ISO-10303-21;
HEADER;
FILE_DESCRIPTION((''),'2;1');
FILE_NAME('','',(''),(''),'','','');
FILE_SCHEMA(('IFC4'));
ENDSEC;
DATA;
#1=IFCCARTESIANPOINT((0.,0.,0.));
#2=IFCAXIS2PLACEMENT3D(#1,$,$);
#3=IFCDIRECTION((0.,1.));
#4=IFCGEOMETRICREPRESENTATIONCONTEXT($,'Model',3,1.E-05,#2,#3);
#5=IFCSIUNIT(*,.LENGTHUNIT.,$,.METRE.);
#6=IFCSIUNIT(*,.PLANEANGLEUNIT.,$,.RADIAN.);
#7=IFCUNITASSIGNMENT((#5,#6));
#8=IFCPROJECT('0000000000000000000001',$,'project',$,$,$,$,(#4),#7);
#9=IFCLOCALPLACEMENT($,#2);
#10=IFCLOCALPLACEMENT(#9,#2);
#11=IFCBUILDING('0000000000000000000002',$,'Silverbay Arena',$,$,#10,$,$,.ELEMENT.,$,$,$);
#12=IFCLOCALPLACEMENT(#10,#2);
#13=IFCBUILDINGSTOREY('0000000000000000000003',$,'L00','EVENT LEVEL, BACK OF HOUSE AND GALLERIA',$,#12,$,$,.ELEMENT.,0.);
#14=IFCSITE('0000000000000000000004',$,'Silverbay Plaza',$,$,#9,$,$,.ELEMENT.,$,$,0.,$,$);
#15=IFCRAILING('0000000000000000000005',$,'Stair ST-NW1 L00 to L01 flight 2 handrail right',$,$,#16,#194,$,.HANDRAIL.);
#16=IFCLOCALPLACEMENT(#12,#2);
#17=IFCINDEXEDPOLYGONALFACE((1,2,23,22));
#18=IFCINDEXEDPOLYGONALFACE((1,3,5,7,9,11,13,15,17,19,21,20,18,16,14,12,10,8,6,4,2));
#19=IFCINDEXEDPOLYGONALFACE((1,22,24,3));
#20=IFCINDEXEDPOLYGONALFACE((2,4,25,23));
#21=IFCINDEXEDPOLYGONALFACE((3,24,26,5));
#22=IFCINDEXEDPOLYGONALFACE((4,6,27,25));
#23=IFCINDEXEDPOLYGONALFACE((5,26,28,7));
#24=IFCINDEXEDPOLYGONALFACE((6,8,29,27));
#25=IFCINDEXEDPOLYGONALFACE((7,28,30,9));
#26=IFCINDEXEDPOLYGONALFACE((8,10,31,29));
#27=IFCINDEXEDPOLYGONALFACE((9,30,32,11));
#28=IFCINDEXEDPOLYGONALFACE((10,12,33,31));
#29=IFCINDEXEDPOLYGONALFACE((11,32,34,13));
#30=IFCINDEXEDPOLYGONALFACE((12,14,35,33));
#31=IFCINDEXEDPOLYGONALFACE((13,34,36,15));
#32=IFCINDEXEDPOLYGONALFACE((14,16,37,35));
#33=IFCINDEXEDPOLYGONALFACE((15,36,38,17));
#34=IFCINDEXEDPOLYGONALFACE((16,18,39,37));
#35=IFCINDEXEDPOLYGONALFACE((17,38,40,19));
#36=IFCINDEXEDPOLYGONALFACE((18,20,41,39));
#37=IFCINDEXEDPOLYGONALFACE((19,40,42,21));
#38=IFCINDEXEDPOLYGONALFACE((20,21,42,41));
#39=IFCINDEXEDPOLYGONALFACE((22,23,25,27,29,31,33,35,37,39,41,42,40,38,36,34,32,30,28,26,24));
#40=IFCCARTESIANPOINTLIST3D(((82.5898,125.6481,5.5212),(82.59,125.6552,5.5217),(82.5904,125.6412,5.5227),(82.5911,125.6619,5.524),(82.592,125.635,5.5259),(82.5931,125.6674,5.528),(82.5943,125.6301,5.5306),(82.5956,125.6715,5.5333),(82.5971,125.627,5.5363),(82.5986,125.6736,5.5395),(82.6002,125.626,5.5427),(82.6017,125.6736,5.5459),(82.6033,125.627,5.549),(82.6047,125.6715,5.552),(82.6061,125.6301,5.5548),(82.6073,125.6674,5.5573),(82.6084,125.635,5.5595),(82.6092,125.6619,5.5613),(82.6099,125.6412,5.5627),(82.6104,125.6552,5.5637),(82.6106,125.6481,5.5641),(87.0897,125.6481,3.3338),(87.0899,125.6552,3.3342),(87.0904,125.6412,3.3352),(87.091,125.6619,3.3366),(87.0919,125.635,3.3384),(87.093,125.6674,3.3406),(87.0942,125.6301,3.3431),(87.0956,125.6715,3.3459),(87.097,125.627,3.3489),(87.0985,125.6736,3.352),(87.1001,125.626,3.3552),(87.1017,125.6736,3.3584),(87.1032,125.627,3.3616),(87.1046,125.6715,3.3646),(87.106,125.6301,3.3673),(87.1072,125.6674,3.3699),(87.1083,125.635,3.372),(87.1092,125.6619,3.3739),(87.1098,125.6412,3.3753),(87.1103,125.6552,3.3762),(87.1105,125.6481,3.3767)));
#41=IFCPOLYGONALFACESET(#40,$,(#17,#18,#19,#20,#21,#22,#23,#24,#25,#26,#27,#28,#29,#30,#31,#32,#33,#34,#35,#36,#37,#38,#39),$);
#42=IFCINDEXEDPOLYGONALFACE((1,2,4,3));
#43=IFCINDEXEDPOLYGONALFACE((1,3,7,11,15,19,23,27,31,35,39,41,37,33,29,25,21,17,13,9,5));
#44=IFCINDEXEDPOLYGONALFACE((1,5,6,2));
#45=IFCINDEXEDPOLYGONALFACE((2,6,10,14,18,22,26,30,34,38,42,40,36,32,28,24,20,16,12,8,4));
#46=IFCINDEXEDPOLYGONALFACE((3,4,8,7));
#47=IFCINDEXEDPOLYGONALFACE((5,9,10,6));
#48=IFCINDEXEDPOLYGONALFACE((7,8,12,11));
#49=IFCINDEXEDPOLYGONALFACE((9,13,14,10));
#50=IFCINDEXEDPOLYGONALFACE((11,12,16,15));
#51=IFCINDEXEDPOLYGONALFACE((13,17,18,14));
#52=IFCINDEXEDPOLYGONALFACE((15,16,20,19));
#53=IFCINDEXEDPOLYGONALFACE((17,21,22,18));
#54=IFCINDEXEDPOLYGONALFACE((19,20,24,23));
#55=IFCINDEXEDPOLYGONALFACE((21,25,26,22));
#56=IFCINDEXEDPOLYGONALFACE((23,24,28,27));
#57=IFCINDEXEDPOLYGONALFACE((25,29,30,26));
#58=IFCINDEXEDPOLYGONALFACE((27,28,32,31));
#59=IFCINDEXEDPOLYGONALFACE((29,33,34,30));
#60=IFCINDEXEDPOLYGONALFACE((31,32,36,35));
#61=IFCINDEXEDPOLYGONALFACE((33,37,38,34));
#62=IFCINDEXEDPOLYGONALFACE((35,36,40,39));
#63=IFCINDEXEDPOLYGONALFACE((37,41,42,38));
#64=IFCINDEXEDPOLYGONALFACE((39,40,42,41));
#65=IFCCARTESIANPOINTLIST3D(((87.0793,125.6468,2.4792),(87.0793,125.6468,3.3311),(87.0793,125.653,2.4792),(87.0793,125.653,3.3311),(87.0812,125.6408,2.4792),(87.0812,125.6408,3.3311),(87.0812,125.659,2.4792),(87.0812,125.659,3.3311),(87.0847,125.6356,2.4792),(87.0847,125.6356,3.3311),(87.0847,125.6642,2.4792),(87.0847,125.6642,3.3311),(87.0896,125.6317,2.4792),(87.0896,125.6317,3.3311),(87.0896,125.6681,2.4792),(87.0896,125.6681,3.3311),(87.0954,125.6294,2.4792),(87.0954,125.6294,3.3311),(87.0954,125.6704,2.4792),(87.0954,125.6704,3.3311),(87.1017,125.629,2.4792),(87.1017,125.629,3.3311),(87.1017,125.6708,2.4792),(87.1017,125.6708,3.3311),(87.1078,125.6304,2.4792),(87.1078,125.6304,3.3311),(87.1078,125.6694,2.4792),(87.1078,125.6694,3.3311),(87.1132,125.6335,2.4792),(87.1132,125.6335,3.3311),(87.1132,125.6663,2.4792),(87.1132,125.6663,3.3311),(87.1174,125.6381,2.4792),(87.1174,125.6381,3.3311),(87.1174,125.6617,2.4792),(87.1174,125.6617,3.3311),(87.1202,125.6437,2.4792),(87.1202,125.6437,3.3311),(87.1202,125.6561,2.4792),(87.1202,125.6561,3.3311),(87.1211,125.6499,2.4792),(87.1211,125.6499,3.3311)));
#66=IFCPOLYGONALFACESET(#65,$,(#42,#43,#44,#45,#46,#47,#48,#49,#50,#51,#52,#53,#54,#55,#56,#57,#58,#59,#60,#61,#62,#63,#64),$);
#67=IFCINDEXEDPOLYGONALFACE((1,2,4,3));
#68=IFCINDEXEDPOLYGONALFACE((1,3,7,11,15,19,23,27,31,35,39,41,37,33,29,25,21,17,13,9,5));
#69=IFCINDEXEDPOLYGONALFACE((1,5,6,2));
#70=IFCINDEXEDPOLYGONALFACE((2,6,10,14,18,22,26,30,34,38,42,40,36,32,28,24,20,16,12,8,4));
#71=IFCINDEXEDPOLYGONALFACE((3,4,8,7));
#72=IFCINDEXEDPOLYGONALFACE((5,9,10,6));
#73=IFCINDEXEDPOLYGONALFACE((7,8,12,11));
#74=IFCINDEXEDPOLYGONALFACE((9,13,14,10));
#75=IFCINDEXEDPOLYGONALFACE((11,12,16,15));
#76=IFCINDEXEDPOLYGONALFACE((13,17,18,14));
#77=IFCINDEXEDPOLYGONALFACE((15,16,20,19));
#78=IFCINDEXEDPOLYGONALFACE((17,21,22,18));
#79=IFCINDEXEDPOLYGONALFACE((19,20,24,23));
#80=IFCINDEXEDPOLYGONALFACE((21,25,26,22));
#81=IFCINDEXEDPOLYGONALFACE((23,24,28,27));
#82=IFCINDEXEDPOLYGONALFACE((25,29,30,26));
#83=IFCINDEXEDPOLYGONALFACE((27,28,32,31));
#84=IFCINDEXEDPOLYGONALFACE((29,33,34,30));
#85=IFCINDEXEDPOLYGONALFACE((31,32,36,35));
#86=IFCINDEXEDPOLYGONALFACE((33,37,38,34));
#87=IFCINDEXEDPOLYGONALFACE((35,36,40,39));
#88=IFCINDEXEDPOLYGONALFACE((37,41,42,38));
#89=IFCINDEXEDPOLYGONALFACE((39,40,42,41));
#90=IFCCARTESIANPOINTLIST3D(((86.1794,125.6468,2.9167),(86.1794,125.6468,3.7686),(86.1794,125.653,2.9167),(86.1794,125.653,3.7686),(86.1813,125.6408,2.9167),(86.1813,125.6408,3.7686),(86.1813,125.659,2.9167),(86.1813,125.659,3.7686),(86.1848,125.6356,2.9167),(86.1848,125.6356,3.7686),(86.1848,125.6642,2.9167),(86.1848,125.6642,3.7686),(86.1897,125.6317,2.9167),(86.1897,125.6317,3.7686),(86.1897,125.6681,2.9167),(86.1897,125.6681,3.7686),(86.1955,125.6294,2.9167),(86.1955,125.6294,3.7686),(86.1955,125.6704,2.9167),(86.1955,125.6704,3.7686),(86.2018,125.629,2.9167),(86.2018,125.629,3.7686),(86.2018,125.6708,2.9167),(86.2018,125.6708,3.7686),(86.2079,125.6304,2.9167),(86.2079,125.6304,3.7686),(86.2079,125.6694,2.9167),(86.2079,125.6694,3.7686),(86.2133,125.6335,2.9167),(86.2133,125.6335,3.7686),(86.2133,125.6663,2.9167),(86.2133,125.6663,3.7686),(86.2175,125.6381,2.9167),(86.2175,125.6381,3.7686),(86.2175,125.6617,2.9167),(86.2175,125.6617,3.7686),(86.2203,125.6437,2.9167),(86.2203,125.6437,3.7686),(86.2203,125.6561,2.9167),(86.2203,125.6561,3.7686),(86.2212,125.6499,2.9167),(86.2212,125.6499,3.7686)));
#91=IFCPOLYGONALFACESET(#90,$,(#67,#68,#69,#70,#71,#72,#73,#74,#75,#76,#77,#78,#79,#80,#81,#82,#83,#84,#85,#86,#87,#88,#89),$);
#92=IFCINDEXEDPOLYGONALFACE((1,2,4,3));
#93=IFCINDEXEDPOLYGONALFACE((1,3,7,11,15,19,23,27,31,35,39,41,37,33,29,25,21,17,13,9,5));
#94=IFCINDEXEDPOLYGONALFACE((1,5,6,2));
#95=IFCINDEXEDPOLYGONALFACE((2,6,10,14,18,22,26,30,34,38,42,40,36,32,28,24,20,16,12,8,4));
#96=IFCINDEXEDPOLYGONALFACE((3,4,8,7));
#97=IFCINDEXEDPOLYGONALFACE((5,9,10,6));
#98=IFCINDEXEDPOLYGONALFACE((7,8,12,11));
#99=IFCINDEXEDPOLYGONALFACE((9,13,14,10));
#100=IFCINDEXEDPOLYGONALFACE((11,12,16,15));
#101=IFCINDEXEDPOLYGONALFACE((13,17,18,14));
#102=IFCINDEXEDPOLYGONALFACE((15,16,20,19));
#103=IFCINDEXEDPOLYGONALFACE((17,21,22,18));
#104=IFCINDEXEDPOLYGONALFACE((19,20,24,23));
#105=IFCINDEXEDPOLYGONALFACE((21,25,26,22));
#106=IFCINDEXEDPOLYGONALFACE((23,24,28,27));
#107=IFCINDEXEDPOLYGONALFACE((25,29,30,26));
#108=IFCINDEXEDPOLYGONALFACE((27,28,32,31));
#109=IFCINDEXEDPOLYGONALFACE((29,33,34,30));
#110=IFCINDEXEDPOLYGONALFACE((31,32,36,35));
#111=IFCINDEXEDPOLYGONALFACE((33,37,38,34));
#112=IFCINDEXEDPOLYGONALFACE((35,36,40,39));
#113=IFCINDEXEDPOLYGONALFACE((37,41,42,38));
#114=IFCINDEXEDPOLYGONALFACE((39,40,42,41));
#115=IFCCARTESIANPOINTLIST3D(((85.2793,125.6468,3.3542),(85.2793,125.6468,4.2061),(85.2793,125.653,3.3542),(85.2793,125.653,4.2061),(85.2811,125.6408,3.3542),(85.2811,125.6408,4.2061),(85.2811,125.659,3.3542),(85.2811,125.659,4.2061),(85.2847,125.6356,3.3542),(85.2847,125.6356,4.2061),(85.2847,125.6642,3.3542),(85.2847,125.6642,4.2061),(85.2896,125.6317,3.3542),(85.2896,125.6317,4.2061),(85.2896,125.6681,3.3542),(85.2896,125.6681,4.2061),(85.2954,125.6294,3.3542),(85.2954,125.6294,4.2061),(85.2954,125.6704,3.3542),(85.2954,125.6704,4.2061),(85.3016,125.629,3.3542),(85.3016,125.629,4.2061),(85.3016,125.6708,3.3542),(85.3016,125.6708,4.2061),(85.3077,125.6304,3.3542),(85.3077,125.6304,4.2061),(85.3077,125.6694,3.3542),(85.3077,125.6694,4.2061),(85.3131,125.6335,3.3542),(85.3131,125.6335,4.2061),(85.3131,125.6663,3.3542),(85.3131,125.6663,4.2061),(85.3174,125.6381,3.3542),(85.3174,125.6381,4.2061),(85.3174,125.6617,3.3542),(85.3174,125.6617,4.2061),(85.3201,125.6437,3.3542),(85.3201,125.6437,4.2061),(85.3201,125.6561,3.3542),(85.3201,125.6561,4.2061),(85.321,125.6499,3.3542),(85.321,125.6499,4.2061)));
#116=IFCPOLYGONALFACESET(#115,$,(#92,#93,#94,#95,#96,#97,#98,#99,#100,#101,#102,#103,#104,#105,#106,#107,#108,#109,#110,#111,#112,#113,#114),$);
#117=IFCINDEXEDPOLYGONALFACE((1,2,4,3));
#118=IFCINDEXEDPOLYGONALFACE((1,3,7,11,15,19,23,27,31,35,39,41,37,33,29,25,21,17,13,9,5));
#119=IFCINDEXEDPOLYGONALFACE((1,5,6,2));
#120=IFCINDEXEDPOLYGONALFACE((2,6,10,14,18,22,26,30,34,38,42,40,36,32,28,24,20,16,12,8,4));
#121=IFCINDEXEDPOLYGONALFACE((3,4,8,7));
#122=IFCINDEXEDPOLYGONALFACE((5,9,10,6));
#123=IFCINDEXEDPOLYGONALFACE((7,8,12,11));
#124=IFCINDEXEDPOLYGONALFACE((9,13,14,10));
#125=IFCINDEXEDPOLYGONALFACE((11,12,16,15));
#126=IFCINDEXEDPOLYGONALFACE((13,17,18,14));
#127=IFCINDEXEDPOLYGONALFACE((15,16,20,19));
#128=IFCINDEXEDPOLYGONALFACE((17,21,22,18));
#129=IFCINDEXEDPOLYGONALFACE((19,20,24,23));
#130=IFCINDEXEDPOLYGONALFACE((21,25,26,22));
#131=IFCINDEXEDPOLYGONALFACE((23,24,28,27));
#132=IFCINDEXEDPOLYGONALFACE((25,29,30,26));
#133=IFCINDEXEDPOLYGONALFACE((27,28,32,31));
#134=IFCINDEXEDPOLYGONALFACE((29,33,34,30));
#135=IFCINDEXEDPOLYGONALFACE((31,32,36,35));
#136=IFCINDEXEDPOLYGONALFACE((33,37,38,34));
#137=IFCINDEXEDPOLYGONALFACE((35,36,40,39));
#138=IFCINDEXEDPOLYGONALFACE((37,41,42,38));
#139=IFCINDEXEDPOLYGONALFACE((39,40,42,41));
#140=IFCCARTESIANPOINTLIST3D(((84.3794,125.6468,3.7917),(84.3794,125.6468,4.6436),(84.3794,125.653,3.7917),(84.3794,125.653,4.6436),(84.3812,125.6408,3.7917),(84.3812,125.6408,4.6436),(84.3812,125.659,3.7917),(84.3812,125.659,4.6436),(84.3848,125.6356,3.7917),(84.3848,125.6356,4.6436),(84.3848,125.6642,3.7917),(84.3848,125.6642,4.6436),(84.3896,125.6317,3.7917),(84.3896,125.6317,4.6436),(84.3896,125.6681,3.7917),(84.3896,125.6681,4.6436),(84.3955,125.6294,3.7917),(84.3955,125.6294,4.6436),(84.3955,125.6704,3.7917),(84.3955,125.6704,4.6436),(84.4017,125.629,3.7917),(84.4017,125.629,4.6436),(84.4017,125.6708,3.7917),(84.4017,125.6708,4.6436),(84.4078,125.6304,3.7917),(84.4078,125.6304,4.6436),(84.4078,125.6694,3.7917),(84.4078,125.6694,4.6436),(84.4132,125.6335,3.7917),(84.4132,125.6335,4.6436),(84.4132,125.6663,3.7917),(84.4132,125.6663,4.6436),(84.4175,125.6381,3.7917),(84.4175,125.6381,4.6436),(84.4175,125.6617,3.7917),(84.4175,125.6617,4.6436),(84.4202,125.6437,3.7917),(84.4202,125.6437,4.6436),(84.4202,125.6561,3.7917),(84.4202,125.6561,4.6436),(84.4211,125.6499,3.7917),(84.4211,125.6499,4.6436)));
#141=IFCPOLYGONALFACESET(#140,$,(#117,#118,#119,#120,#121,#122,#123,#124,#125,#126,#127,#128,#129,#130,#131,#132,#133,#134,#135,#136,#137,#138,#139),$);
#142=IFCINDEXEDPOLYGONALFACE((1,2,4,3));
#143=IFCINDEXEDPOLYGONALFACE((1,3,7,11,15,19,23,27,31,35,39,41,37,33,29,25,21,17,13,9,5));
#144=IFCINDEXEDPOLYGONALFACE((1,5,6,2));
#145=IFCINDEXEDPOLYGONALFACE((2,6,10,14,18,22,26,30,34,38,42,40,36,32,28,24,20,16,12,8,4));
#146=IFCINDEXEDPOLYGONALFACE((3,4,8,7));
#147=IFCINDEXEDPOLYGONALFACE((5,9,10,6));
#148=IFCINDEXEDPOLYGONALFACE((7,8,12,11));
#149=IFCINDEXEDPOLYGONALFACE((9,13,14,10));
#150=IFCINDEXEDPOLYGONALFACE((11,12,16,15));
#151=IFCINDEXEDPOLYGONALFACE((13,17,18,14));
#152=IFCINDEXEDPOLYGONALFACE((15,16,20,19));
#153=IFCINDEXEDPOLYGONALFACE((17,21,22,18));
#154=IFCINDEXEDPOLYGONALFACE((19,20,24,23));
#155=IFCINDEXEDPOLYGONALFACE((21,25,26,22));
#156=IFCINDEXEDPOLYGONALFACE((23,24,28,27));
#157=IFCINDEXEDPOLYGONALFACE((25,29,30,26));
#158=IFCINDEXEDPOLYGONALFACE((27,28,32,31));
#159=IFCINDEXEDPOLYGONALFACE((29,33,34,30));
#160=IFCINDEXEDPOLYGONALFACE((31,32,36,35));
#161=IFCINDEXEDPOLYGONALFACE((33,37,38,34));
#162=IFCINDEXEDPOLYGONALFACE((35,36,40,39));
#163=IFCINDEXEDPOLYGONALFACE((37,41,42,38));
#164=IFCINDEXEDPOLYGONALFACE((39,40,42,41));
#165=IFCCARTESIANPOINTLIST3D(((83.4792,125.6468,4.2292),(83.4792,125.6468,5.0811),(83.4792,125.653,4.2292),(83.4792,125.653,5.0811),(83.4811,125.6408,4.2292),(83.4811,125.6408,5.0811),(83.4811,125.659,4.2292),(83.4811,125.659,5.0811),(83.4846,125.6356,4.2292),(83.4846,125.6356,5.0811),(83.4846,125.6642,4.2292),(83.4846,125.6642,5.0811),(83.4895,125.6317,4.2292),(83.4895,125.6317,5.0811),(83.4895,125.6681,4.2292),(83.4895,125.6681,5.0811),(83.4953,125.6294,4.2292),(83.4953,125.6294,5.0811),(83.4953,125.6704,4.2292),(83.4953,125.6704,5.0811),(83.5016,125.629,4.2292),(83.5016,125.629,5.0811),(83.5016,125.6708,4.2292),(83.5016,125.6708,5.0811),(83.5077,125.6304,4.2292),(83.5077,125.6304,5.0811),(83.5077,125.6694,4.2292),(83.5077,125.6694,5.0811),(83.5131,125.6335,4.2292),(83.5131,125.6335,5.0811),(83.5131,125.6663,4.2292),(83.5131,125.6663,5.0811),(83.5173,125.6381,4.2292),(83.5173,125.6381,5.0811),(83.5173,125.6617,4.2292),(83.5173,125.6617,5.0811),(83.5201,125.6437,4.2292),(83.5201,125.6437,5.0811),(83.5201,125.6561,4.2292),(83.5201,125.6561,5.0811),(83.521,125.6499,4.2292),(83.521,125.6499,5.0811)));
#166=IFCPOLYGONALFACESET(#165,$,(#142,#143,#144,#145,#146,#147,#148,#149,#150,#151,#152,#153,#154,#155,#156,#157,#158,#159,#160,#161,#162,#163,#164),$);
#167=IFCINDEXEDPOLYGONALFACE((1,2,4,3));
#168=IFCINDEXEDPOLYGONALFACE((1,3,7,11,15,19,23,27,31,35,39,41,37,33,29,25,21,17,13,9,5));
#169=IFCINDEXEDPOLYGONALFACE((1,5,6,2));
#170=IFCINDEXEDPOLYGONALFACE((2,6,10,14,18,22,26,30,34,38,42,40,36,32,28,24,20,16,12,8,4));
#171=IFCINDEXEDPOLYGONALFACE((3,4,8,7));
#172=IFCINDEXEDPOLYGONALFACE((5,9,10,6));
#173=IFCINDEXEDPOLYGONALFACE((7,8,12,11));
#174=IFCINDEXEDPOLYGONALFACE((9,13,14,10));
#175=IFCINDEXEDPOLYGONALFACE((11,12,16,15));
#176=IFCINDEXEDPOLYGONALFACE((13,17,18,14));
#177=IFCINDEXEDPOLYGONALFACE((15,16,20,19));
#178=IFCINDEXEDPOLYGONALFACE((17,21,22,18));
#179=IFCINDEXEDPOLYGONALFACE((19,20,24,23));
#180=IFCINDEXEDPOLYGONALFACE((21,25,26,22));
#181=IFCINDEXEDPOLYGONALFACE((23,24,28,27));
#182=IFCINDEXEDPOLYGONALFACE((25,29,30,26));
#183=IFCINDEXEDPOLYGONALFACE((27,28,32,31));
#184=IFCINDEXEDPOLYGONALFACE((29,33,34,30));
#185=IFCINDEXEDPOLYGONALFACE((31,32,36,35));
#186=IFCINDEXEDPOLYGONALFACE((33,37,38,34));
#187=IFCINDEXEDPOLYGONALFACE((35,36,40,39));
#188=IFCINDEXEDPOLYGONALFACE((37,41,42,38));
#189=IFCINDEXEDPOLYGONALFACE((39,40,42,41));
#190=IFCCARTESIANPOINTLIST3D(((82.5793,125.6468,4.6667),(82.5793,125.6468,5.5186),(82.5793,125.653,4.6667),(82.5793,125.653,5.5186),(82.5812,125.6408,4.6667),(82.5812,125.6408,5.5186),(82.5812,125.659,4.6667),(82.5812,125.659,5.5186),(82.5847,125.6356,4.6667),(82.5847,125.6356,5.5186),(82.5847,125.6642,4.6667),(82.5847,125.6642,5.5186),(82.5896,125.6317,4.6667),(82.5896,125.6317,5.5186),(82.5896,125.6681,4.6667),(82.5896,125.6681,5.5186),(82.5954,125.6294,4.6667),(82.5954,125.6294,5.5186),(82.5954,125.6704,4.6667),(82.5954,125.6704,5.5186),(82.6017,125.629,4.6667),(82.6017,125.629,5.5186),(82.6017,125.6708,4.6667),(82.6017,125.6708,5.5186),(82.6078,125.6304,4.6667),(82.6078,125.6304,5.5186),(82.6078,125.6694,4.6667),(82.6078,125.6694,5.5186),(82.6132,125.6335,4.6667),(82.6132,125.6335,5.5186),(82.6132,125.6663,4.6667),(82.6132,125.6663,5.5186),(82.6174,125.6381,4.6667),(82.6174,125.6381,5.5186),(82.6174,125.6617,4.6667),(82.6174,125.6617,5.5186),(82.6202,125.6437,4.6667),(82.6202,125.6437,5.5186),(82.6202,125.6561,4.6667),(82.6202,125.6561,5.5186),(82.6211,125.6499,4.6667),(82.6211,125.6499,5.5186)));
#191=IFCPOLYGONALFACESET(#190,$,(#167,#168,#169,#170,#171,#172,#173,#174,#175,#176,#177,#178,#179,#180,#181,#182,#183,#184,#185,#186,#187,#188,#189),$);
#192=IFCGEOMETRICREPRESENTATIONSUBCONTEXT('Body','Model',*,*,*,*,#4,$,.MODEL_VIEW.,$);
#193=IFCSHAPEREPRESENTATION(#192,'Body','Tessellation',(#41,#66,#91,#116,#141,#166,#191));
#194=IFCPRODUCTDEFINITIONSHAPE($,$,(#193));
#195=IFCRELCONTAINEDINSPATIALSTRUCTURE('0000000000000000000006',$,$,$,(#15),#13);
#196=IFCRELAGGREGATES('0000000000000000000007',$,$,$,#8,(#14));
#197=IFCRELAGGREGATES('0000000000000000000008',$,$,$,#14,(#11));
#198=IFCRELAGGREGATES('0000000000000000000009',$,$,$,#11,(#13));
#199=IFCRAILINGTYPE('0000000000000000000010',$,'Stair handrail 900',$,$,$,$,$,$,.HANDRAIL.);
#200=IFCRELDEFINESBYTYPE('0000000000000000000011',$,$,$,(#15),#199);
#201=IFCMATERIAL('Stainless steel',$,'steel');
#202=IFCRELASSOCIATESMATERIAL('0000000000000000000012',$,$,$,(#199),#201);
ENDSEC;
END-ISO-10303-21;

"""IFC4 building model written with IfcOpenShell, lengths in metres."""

from ifc_helpers import new_model, si_unit, direction, frame, origin, origin_2d, place, context, subcontext, project, spatial, circle, extrude, material, type_object, element, save


model = new_model("IFC4")

# Units and contexts
model_context = context("Model", 3, precision=1e-05, world=origin(), true_north=direction((0.0, 1.0)))
body_context = subcontext(model_context, "Body", "Model", "MODEL_VIEW")
ifc_project = project(units=[si_unit("LENGTHUNIT", "METRE"), si_unit("PLANEANGLEUNIT", "RADIAN")], contexts=[model_context])

# Site, building, storey
site_placement = place(None, origin())
site = spatial("IfcSite", under=ifc_project, at=site_placement, Name="Silverbay Plaza", CompositionType="ELEMENT", RefElevation=0.0)
building_placement = place(site_placement, origin())
building = spatial("IfcBuilding", under=site, at=building_placement, Name="Silverbay Arena", CompositionType="ELEMENT")
storey_placement = place(building_placement, origin())
storey = spatial("IfcBuildingStorey", under=building, at=storey_placement, Name="L00", Description="EVENT LEVEL, BACK OF HOUSE AND GALLERIA", CompositionType="ELEMENT", Elevation=0.0)

# Railing
ifc_material_1 = material(Name="Stainless steel", Category="steel")
railing_type_1 = type_object("IfcRailingType", Name="Stair handrail 900", PredefinedType="HANDRAIL", material=ifc_material_1)
for number, where, name in (
    (1, (87.1001, 125.6499, 2.4792), "Stair ST-NW1 L00 to L01 flight 2 handrail right"),
):
    element("IfcRailing", number, at=place(storey_placement, frame(where)), inside=storey, type_object=railing_type_1, Name=name, PredefinedType="HANDRAIL", context=body_context, shape_type="SweptSolid", body=[
        extrude(circle(Radius=0.0239, at=origin_2d()), frame((0.0, 0.0, 0.876), z_axis=(-0.899368, 0.0, 0.437193), x_axis=(0.0, -1.0, 0.0)), (0.0, 0.0, 1.0), 5.0034),
        extrude(circle(Radius=0.021, at=origin_2d()), origin(), (0.0, 0.0, 1.0), 0.8518),
        extrude(circle(Radius=0.021, at=origin_2d()), frame((-0.8999, 0.0, 0.4375)), (0.0, 0.0, 1.0), 0.8518),
        extrude(circle(Radius=0.021, at=origin_2d()), frame((-1.8, 0.0, 0.875)), (0.0, 0.0, 1.0), 0.8518),
        extrude(circle(Radius=0.021, at=origin_2d()), frame((-2.7, 0.0, 1.3125)), (0.0, 0.0, 1.0), 0.8518),
        extrude(circle(Radius=0.021, at=origin_2d()), frame((-3.6001, 0.0, 1.75)), (0.0, 0.0, 1.0), 0.8518),
        extrude(circle(Radius=0.021, at=origin_2d()), frame((-4.5, 0.0, 2.1875)), (0.0, 0.0, 1.0), 0.8518),
    ])

save(model, "model.ifc")
